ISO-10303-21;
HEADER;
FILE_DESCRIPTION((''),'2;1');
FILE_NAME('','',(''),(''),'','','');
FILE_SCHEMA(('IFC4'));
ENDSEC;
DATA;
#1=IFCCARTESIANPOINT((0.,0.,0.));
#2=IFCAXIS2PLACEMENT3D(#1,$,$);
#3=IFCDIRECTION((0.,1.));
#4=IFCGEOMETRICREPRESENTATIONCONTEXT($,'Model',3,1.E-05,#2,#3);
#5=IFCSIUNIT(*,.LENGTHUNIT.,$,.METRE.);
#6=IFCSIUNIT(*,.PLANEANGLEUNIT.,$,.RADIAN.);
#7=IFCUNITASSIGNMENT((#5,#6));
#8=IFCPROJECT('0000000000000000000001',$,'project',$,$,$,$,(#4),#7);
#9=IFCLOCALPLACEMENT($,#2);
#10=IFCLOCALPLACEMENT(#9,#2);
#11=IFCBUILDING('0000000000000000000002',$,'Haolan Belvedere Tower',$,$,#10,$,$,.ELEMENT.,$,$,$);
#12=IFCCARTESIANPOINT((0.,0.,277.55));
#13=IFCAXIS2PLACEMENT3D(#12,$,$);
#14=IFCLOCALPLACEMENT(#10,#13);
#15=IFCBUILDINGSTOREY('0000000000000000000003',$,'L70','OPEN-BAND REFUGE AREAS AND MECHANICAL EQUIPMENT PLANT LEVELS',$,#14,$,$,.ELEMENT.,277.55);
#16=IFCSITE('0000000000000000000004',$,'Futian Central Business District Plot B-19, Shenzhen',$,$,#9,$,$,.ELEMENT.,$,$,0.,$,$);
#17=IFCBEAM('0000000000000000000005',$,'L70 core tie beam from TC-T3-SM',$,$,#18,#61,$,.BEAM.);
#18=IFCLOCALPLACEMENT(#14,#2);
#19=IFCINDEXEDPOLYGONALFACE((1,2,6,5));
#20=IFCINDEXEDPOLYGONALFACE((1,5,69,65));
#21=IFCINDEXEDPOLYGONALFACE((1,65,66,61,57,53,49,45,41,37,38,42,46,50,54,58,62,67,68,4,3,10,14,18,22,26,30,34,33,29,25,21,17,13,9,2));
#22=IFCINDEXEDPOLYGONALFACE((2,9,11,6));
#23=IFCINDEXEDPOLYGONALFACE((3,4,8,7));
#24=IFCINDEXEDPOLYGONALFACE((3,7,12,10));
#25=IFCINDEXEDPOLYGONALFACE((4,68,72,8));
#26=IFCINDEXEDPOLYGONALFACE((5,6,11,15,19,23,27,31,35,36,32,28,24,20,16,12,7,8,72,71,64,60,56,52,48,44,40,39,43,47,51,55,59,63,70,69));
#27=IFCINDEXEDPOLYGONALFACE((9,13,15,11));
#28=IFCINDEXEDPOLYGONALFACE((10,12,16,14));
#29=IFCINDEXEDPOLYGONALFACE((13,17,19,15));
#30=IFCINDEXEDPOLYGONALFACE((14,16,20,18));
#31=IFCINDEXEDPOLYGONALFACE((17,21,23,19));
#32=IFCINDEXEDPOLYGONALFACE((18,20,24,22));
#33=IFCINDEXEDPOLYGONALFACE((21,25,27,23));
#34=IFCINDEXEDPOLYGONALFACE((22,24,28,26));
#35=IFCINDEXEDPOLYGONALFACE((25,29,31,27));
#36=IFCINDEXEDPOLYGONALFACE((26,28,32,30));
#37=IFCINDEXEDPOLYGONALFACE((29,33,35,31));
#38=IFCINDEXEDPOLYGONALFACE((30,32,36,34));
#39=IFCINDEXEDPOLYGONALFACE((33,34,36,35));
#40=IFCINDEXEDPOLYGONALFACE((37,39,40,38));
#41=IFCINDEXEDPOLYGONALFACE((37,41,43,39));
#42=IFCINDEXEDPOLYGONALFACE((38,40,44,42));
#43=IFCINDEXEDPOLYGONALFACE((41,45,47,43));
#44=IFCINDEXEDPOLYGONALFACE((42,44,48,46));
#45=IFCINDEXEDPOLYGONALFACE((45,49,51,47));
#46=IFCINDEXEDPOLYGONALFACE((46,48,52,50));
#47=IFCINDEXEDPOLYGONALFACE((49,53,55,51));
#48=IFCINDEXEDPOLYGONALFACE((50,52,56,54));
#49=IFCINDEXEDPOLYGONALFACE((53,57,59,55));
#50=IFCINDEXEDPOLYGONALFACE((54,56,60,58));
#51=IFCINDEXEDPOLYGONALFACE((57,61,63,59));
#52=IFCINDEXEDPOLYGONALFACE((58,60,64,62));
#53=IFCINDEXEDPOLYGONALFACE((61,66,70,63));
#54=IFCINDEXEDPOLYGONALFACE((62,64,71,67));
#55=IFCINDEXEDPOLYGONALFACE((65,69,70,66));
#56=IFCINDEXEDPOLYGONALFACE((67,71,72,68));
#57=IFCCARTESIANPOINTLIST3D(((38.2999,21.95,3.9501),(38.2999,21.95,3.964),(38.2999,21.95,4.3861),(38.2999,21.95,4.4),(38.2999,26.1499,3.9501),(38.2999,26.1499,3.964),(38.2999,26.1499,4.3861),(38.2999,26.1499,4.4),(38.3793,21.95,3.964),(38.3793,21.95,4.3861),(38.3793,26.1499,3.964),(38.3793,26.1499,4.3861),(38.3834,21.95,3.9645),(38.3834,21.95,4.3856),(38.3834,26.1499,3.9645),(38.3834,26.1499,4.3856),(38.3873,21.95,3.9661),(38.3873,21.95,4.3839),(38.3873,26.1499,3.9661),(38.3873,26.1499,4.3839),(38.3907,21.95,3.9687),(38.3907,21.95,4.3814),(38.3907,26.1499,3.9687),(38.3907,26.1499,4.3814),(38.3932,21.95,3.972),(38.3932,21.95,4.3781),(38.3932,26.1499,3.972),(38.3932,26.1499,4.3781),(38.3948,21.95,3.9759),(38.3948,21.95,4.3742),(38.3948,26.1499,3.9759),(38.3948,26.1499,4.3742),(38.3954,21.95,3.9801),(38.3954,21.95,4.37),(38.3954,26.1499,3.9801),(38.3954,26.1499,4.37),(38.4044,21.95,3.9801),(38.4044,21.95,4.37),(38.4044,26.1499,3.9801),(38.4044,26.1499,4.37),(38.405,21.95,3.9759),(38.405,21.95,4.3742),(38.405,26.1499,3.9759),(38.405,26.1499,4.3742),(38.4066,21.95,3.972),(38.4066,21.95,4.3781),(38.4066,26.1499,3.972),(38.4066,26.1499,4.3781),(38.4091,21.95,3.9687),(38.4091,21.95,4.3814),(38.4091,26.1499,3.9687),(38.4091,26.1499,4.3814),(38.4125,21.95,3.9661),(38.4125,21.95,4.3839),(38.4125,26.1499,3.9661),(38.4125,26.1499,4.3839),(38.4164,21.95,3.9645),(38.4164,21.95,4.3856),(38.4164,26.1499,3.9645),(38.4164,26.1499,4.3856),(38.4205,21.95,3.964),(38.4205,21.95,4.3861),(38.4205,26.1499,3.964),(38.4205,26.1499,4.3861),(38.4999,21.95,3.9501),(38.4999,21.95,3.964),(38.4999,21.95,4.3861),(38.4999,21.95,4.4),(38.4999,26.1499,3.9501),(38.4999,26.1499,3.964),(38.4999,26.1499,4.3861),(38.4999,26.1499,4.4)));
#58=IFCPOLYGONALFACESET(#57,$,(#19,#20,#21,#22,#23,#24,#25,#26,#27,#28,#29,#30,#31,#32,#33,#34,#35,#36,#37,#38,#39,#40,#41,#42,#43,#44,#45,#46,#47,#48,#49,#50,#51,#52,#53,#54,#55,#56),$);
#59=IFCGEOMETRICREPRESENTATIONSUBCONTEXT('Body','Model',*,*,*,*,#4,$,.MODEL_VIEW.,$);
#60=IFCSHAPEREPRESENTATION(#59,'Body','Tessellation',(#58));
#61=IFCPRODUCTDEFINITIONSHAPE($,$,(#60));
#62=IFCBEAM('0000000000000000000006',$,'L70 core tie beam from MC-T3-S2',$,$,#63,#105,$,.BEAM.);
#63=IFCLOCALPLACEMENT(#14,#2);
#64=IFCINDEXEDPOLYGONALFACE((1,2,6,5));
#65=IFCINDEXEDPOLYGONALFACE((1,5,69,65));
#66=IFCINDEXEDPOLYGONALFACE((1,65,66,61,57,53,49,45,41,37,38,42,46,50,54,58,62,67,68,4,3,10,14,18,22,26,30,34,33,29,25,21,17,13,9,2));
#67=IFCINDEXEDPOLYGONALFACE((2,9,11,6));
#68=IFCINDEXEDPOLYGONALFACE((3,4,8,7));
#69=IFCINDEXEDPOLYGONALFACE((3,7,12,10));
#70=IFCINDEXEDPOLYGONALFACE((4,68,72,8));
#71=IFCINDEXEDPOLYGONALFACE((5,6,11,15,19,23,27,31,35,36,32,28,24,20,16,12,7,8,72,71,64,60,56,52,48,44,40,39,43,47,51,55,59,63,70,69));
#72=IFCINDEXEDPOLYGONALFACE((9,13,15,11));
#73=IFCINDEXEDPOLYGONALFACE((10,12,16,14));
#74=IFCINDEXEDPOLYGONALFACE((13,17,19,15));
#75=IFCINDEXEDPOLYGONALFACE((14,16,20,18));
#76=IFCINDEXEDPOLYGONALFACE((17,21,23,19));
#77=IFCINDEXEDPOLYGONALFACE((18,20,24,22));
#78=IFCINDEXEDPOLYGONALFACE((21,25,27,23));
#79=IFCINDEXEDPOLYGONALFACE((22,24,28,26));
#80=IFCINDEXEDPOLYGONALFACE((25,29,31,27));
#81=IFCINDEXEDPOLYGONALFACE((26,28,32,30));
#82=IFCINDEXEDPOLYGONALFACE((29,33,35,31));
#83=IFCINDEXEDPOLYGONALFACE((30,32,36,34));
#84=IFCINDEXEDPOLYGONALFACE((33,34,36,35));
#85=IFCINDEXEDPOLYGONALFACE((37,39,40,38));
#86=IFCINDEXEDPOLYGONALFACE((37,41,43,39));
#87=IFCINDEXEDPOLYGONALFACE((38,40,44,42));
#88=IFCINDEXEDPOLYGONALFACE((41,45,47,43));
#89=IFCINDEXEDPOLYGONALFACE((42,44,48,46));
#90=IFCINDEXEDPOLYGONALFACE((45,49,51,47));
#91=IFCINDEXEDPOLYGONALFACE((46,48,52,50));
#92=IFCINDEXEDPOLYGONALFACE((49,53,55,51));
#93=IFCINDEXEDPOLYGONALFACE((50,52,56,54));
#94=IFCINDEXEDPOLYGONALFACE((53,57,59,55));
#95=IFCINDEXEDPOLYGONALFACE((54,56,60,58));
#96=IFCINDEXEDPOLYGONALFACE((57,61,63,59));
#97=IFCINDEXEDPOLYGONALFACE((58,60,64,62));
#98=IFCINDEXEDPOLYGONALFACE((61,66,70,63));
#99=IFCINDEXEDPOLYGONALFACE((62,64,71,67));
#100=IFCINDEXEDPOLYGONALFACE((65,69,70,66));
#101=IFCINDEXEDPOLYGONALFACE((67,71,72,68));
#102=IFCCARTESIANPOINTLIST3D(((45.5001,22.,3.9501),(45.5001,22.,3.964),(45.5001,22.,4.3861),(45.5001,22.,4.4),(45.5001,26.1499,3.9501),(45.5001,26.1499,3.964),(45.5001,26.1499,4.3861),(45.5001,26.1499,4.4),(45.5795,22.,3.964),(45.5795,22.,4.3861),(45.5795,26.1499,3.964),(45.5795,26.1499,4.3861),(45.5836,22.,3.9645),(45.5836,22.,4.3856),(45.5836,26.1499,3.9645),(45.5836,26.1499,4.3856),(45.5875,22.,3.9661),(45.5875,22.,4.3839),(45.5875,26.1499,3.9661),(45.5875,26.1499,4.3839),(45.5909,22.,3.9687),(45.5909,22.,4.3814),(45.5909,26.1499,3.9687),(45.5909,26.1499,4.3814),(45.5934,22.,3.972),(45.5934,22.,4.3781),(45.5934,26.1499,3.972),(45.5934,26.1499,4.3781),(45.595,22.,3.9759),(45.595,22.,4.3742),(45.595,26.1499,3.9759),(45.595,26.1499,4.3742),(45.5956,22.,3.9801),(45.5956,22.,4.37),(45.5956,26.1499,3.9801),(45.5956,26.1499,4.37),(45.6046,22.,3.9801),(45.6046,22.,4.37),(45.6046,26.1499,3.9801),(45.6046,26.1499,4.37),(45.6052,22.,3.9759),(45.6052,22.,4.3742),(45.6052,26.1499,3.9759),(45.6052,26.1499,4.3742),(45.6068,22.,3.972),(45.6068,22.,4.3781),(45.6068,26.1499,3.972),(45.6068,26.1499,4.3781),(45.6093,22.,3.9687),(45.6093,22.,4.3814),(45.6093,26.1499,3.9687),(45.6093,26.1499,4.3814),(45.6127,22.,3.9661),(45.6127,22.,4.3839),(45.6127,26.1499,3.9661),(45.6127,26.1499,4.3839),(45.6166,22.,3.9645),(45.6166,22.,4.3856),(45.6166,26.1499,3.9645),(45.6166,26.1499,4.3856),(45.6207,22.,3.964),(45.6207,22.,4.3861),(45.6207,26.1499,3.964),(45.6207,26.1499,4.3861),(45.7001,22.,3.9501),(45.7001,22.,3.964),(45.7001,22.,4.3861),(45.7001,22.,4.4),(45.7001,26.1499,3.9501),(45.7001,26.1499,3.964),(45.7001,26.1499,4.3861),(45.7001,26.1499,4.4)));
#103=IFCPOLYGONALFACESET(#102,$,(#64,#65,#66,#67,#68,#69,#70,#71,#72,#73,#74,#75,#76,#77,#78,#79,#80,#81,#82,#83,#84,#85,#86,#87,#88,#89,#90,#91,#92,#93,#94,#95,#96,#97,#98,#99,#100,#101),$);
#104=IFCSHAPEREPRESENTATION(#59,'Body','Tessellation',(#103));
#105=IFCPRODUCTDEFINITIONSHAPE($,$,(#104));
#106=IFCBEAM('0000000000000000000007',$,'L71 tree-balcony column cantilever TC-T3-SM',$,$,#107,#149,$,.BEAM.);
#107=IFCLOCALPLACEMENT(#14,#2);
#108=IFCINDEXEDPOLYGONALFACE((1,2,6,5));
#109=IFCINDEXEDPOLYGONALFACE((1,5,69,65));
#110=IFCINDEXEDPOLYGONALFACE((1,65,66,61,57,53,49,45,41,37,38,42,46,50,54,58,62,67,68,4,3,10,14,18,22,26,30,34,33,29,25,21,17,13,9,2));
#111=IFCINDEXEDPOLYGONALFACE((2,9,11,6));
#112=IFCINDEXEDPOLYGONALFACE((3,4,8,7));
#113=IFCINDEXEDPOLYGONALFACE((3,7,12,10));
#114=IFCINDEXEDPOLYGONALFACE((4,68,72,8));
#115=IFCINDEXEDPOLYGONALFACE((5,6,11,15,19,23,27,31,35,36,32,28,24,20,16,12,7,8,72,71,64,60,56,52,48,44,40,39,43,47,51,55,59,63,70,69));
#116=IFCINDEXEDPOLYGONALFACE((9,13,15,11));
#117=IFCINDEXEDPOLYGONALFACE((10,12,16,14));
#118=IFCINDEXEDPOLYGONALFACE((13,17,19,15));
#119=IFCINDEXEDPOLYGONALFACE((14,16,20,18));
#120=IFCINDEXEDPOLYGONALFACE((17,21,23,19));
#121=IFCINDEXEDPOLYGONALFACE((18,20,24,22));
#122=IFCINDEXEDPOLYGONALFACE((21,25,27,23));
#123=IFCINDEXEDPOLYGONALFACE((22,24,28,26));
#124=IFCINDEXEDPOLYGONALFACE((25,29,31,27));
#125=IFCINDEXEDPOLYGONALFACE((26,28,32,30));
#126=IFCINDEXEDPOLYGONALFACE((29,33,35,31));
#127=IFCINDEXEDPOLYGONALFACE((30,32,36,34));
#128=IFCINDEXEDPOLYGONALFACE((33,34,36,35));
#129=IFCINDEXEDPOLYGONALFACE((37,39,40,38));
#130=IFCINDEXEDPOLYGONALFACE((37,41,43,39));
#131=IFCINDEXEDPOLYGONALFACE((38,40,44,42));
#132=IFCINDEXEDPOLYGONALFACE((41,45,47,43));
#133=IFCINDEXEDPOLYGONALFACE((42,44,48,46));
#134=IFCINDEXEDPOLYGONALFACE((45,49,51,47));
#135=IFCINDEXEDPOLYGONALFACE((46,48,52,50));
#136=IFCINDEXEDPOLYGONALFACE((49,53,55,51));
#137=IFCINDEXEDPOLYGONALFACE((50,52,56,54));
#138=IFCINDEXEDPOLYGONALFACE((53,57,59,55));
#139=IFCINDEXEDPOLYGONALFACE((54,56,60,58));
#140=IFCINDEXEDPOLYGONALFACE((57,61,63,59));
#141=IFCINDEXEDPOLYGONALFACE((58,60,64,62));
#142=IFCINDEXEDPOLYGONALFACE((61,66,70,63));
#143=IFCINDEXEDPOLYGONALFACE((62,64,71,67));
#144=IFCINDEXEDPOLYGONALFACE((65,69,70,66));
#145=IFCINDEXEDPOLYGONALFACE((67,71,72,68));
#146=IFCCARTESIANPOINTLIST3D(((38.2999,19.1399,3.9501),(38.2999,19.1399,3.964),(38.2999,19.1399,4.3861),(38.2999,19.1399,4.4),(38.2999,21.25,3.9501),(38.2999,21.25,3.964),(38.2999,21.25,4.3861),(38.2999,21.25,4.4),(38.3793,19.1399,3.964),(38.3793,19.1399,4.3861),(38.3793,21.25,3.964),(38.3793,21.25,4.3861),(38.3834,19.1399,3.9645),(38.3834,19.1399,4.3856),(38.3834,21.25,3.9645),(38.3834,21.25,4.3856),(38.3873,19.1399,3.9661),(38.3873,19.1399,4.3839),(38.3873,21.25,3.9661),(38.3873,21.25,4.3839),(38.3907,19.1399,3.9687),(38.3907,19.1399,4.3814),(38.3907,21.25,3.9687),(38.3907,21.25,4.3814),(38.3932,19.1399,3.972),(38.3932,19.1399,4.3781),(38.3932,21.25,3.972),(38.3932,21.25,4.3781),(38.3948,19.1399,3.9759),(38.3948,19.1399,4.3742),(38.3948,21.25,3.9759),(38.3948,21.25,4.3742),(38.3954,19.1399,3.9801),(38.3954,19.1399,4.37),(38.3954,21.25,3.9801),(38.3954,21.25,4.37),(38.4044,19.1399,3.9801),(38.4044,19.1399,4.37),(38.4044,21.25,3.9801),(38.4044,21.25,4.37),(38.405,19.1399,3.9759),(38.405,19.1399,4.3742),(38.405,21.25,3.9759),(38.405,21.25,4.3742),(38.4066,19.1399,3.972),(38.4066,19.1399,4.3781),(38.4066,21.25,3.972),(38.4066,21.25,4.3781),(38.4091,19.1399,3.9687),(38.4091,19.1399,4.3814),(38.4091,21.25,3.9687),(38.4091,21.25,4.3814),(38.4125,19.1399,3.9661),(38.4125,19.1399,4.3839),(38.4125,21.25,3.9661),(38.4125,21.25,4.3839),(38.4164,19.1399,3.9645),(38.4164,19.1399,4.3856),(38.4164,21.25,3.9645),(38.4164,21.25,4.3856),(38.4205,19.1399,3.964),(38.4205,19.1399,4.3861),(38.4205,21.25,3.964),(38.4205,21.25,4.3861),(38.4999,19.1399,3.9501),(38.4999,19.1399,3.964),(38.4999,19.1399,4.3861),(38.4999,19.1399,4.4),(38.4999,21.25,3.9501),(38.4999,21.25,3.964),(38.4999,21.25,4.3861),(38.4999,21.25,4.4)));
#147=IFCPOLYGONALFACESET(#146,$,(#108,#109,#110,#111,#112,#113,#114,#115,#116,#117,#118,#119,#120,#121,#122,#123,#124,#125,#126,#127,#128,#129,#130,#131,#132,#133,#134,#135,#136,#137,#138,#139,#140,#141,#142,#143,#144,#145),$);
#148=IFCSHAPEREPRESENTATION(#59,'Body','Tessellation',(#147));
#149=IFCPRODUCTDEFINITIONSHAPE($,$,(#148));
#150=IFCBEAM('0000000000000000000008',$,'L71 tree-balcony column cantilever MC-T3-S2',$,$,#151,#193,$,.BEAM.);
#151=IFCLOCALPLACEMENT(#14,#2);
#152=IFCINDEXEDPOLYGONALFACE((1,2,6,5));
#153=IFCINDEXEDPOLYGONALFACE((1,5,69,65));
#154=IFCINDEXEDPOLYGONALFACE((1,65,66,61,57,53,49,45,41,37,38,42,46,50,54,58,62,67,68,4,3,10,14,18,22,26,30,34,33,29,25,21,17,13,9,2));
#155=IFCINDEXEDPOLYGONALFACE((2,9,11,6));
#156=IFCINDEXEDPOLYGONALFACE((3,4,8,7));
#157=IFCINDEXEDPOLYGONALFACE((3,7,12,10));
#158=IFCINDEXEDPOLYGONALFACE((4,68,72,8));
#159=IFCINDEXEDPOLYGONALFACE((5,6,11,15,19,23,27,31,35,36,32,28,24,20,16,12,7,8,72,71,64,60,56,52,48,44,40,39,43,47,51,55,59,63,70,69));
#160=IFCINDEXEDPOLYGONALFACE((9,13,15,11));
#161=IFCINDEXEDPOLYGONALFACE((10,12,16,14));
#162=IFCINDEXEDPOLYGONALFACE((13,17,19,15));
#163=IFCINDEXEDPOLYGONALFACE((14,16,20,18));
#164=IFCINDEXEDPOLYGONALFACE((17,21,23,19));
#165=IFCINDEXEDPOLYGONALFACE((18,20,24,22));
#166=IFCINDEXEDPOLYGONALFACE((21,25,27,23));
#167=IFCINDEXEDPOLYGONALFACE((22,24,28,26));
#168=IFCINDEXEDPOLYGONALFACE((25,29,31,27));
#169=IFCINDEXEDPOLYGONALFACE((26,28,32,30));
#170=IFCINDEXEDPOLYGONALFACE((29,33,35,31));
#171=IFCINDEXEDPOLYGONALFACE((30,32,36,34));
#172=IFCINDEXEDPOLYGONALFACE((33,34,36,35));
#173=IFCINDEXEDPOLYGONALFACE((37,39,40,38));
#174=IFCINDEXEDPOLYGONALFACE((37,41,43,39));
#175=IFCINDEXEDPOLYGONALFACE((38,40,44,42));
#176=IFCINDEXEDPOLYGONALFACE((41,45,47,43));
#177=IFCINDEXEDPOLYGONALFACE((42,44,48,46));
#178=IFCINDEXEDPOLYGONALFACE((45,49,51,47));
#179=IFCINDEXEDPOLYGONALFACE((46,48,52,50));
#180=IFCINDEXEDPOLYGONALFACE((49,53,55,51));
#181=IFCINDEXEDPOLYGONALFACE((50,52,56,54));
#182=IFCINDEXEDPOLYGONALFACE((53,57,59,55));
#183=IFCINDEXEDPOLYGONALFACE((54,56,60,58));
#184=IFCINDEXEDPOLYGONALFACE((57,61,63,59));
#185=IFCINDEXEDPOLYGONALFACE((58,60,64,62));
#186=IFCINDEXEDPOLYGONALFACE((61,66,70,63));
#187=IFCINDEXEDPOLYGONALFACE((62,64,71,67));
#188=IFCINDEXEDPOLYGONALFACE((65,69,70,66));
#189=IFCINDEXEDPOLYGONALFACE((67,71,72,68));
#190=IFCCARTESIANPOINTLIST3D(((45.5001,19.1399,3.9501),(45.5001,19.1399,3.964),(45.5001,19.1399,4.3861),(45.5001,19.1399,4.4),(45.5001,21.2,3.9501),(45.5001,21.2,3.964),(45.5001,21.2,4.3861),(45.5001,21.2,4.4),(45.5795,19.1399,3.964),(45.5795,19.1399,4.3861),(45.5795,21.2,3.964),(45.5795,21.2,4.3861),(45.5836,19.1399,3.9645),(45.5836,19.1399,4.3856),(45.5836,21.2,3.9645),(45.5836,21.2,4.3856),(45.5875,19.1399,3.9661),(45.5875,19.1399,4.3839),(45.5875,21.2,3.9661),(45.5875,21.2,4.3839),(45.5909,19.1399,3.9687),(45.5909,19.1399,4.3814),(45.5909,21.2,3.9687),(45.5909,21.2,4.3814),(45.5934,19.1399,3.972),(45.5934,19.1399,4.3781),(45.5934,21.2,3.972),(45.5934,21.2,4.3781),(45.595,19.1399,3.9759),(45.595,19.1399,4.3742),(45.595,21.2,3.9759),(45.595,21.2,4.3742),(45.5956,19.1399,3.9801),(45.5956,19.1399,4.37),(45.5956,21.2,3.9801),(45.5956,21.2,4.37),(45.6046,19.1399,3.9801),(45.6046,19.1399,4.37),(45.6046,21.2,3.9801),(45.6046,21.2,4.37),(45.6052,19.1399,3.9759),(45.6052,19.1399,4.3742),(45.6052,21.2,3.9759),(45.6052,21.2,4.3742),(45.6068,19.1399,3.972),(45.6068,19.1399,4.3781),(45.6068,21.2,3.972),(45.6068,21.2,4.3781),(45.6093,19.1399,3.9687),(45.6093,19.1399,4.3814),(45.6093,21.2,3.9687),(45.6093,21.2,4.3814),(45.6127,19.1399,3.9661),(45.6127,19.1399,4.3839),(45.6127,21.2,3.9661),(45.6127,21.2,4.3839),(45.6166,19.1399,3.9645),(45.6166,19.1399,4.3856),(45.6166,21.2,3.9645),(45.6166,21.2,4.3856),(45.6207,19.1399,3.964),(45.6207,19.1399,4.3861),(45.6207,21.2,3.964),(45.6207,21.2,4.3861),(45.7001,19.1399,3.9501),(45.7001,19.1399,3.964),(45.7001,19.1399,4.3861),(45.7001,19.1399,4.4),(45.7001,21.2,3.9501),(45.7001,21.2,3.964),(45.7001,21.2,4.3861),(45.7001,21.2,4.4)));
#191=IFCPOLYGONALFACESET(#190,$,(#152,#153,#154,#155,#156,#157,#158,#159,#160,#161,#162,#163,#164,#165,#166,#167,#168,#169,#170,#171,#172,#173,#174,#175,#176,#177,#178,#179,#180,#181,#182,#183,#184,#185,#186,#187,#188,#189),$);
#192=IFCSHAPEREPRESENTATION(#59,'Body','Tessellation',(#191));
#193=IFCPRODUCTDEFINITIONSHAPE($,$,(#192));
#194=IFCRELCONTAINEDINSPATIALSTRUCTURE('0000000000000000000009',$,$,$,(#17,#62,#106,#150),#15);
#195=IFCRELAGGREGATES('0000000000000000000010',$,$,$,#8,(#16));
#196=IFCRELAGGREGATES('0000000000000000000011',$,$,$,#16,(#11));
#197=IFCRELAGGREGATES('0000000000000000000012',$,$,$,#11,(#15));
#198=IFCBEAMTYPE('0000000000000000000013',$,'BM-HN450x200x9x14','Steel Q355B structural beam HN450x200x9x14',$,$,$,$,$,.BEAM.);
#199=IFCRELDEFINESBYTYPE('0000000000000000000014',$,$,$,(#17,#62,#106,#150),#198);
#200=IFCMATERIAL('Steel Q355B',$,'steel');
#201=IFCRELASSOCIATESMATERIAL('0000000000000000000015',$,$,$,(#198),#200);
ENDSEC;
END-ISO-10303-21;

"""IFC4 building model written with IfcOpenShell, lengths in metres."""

from ifc_helpers import new_model, si_unit, direction, frame, origin, origin_2d, place, context, subcontext, project, spatial, i_section, extrude, material, material_profile, profile_set, type_object, element, save


model = new_model("IFC4")

# Units and contexts
model_context = context("Model", 3, precision=1e-05, world=origin(), true_north=direction((0.0, 1.0)))
body_context = subcontext(model_context, "Body", "Model", "MODEL_VIEW")
ifc_project = project(units=[si_unit("LENGTHUNIT", "METRE"), si_unit("PLANEANGLEUNIT", "RADIAN")], contexts=[model_context])

# Site, building, storey
site_placement = place(None, origin())
site = spatial("IfcSite", under=ifc_project, at=site_placement, Name="Futian Central Business District Plot B-19, Shenzhen", CompositionType="ELEMENT", RefElevation=0.0)
building_placement = place(site_placement, origin())
building = spatial("IfcBuilding", under=site, at=building_placement, Name="Haolan Belvedere Tower", CompositionType="ELEMENT")
storey_placement = place(building_placement, frame((0.0, 0.0, 277.55)))
storey = spatial("IfcBuildingStorey", under=building, at=storey_placement, Name="L70", Description="OPEN-BAND REFUGE AREAS AND MECHANICAL EQUIPMENT PLANT LEVELS", CompositionType="ELEMENT", Elevation=277.55)

# Beams
ifc_material_1 = material(Name="Steel Q355B", Category="steel")
ifc_material_profile_1 = material_profile(ifc_material_1, i_section(OverallWidth=0.2, OverallDepth=0.45, WebThickness=0.009, FlangeThickness=0.0139, FilletRadius=0.0161, at=origin_2d()), Name="Steel Q355B")
ifc_profile_set_1 = profile_set([ifc_material_profile_1], Name="Steel Q355B")
beam_type_1 = type_object("IfcBeamType", Name="BM-HN450x200x9x14", Description="Steel Q355B structural beam HN450x200x9x14", PredefinedType="BEAM", material=ifc_profile_set_1)
beam_1_placement = place(storey_placement, frame((38.3999, 21.95, 4.175), z_axis=(0.0, 1.0, 0.0), x_axis=(-1.0, 0.0, 0.0)))
element("IfcBeam", 1, at=beam_1_placement, inside=storey, type_object=beam_type_1, Name="L70 core tie beam from TC-T3-SM", PredefinedType="BEAM", context=body_context, shape_type="SweptSolid", body=[
    extrude(i_section(OverallWidth=0.2, OverallDepth=0.45, WebThickness=0.009, FlangeThickness=0.0139, FilletRadius=0.0161, at=origin_2d()), origin(), (0.0, 0.0, 1.0), 4.2),
])
beam_2_placement = place(storey_placement, frame((45.6001, 22.0, 4.175), z_axis=(0.0, 1.0, 0.0), x_axis=(-1.0, 0.0, 0.0)))
element("IfcBeam", 2, at=beam_2_placement, inside=storey, type_object=beam_type_1, Name="L70 core tie beam from MC-T3-S2", PredefinedType="BEAM", context=body_context, shape_type="SweptSolid", body=[
    extrude(i_section(OverallWidth=0.2, OverallDepth=0.45, WebThickness=0.009, FlangeThickness=0.0139, FilletRadius=0.0161, at=origin_2d()), origin(), (0.0, 0.0, 1.0), 4.1499),
])
beam_3_placement = place(storey_placement, frame((38.3999, 21.25, 4.175), z_axis=(0.0, -1.0, 0.0), x_axis=(1.0, 0.0, 0.0)))
element("IfcBeam", 3, at=beam_3_placement, inside=storey, type_object=beam_type_1, Name="L71 tree-balcony column cantilever TC-T3-SM", PredefinedType="BEAM", context=body_context, shape_type="SweptSolid", body=[
    extrude(i_section(OverallWidth=0.2, OverallDepth=0.45, WebThickness=0.009, FlangeThickness=0.0139, FilletRadius=0.0161, at=origin_2d()), origin(), (0.0, 0.0, 1.0), 2.1101),
])
beam_4_placement = place(storey_placement, frame((45.6001, 21.2, 4.175), z_axis=(0.0, -1.0, 0.0), x_axis=(1.0, 0.0, 0.0)))
element("IfcBeam", 4, at=beam_4_placement, inside=storey, type_object=beam_type_1, Name="L71 tree-balcony column cantilever MC-T3-S2", PredefinedType="BEAM", context=body_context, shape_type="SweptSolid", body=[
    extrude(i_section(OverallWidth=0.2, OverallDepth=0.45, WebThickness=0.009, FlangeThickness=0.0139, FilletRadius=0.0161, at=origin_2d()), origin(), (0.0, 0.0, 1.0), 2.0601),
])

save(model, "model.ifc")
